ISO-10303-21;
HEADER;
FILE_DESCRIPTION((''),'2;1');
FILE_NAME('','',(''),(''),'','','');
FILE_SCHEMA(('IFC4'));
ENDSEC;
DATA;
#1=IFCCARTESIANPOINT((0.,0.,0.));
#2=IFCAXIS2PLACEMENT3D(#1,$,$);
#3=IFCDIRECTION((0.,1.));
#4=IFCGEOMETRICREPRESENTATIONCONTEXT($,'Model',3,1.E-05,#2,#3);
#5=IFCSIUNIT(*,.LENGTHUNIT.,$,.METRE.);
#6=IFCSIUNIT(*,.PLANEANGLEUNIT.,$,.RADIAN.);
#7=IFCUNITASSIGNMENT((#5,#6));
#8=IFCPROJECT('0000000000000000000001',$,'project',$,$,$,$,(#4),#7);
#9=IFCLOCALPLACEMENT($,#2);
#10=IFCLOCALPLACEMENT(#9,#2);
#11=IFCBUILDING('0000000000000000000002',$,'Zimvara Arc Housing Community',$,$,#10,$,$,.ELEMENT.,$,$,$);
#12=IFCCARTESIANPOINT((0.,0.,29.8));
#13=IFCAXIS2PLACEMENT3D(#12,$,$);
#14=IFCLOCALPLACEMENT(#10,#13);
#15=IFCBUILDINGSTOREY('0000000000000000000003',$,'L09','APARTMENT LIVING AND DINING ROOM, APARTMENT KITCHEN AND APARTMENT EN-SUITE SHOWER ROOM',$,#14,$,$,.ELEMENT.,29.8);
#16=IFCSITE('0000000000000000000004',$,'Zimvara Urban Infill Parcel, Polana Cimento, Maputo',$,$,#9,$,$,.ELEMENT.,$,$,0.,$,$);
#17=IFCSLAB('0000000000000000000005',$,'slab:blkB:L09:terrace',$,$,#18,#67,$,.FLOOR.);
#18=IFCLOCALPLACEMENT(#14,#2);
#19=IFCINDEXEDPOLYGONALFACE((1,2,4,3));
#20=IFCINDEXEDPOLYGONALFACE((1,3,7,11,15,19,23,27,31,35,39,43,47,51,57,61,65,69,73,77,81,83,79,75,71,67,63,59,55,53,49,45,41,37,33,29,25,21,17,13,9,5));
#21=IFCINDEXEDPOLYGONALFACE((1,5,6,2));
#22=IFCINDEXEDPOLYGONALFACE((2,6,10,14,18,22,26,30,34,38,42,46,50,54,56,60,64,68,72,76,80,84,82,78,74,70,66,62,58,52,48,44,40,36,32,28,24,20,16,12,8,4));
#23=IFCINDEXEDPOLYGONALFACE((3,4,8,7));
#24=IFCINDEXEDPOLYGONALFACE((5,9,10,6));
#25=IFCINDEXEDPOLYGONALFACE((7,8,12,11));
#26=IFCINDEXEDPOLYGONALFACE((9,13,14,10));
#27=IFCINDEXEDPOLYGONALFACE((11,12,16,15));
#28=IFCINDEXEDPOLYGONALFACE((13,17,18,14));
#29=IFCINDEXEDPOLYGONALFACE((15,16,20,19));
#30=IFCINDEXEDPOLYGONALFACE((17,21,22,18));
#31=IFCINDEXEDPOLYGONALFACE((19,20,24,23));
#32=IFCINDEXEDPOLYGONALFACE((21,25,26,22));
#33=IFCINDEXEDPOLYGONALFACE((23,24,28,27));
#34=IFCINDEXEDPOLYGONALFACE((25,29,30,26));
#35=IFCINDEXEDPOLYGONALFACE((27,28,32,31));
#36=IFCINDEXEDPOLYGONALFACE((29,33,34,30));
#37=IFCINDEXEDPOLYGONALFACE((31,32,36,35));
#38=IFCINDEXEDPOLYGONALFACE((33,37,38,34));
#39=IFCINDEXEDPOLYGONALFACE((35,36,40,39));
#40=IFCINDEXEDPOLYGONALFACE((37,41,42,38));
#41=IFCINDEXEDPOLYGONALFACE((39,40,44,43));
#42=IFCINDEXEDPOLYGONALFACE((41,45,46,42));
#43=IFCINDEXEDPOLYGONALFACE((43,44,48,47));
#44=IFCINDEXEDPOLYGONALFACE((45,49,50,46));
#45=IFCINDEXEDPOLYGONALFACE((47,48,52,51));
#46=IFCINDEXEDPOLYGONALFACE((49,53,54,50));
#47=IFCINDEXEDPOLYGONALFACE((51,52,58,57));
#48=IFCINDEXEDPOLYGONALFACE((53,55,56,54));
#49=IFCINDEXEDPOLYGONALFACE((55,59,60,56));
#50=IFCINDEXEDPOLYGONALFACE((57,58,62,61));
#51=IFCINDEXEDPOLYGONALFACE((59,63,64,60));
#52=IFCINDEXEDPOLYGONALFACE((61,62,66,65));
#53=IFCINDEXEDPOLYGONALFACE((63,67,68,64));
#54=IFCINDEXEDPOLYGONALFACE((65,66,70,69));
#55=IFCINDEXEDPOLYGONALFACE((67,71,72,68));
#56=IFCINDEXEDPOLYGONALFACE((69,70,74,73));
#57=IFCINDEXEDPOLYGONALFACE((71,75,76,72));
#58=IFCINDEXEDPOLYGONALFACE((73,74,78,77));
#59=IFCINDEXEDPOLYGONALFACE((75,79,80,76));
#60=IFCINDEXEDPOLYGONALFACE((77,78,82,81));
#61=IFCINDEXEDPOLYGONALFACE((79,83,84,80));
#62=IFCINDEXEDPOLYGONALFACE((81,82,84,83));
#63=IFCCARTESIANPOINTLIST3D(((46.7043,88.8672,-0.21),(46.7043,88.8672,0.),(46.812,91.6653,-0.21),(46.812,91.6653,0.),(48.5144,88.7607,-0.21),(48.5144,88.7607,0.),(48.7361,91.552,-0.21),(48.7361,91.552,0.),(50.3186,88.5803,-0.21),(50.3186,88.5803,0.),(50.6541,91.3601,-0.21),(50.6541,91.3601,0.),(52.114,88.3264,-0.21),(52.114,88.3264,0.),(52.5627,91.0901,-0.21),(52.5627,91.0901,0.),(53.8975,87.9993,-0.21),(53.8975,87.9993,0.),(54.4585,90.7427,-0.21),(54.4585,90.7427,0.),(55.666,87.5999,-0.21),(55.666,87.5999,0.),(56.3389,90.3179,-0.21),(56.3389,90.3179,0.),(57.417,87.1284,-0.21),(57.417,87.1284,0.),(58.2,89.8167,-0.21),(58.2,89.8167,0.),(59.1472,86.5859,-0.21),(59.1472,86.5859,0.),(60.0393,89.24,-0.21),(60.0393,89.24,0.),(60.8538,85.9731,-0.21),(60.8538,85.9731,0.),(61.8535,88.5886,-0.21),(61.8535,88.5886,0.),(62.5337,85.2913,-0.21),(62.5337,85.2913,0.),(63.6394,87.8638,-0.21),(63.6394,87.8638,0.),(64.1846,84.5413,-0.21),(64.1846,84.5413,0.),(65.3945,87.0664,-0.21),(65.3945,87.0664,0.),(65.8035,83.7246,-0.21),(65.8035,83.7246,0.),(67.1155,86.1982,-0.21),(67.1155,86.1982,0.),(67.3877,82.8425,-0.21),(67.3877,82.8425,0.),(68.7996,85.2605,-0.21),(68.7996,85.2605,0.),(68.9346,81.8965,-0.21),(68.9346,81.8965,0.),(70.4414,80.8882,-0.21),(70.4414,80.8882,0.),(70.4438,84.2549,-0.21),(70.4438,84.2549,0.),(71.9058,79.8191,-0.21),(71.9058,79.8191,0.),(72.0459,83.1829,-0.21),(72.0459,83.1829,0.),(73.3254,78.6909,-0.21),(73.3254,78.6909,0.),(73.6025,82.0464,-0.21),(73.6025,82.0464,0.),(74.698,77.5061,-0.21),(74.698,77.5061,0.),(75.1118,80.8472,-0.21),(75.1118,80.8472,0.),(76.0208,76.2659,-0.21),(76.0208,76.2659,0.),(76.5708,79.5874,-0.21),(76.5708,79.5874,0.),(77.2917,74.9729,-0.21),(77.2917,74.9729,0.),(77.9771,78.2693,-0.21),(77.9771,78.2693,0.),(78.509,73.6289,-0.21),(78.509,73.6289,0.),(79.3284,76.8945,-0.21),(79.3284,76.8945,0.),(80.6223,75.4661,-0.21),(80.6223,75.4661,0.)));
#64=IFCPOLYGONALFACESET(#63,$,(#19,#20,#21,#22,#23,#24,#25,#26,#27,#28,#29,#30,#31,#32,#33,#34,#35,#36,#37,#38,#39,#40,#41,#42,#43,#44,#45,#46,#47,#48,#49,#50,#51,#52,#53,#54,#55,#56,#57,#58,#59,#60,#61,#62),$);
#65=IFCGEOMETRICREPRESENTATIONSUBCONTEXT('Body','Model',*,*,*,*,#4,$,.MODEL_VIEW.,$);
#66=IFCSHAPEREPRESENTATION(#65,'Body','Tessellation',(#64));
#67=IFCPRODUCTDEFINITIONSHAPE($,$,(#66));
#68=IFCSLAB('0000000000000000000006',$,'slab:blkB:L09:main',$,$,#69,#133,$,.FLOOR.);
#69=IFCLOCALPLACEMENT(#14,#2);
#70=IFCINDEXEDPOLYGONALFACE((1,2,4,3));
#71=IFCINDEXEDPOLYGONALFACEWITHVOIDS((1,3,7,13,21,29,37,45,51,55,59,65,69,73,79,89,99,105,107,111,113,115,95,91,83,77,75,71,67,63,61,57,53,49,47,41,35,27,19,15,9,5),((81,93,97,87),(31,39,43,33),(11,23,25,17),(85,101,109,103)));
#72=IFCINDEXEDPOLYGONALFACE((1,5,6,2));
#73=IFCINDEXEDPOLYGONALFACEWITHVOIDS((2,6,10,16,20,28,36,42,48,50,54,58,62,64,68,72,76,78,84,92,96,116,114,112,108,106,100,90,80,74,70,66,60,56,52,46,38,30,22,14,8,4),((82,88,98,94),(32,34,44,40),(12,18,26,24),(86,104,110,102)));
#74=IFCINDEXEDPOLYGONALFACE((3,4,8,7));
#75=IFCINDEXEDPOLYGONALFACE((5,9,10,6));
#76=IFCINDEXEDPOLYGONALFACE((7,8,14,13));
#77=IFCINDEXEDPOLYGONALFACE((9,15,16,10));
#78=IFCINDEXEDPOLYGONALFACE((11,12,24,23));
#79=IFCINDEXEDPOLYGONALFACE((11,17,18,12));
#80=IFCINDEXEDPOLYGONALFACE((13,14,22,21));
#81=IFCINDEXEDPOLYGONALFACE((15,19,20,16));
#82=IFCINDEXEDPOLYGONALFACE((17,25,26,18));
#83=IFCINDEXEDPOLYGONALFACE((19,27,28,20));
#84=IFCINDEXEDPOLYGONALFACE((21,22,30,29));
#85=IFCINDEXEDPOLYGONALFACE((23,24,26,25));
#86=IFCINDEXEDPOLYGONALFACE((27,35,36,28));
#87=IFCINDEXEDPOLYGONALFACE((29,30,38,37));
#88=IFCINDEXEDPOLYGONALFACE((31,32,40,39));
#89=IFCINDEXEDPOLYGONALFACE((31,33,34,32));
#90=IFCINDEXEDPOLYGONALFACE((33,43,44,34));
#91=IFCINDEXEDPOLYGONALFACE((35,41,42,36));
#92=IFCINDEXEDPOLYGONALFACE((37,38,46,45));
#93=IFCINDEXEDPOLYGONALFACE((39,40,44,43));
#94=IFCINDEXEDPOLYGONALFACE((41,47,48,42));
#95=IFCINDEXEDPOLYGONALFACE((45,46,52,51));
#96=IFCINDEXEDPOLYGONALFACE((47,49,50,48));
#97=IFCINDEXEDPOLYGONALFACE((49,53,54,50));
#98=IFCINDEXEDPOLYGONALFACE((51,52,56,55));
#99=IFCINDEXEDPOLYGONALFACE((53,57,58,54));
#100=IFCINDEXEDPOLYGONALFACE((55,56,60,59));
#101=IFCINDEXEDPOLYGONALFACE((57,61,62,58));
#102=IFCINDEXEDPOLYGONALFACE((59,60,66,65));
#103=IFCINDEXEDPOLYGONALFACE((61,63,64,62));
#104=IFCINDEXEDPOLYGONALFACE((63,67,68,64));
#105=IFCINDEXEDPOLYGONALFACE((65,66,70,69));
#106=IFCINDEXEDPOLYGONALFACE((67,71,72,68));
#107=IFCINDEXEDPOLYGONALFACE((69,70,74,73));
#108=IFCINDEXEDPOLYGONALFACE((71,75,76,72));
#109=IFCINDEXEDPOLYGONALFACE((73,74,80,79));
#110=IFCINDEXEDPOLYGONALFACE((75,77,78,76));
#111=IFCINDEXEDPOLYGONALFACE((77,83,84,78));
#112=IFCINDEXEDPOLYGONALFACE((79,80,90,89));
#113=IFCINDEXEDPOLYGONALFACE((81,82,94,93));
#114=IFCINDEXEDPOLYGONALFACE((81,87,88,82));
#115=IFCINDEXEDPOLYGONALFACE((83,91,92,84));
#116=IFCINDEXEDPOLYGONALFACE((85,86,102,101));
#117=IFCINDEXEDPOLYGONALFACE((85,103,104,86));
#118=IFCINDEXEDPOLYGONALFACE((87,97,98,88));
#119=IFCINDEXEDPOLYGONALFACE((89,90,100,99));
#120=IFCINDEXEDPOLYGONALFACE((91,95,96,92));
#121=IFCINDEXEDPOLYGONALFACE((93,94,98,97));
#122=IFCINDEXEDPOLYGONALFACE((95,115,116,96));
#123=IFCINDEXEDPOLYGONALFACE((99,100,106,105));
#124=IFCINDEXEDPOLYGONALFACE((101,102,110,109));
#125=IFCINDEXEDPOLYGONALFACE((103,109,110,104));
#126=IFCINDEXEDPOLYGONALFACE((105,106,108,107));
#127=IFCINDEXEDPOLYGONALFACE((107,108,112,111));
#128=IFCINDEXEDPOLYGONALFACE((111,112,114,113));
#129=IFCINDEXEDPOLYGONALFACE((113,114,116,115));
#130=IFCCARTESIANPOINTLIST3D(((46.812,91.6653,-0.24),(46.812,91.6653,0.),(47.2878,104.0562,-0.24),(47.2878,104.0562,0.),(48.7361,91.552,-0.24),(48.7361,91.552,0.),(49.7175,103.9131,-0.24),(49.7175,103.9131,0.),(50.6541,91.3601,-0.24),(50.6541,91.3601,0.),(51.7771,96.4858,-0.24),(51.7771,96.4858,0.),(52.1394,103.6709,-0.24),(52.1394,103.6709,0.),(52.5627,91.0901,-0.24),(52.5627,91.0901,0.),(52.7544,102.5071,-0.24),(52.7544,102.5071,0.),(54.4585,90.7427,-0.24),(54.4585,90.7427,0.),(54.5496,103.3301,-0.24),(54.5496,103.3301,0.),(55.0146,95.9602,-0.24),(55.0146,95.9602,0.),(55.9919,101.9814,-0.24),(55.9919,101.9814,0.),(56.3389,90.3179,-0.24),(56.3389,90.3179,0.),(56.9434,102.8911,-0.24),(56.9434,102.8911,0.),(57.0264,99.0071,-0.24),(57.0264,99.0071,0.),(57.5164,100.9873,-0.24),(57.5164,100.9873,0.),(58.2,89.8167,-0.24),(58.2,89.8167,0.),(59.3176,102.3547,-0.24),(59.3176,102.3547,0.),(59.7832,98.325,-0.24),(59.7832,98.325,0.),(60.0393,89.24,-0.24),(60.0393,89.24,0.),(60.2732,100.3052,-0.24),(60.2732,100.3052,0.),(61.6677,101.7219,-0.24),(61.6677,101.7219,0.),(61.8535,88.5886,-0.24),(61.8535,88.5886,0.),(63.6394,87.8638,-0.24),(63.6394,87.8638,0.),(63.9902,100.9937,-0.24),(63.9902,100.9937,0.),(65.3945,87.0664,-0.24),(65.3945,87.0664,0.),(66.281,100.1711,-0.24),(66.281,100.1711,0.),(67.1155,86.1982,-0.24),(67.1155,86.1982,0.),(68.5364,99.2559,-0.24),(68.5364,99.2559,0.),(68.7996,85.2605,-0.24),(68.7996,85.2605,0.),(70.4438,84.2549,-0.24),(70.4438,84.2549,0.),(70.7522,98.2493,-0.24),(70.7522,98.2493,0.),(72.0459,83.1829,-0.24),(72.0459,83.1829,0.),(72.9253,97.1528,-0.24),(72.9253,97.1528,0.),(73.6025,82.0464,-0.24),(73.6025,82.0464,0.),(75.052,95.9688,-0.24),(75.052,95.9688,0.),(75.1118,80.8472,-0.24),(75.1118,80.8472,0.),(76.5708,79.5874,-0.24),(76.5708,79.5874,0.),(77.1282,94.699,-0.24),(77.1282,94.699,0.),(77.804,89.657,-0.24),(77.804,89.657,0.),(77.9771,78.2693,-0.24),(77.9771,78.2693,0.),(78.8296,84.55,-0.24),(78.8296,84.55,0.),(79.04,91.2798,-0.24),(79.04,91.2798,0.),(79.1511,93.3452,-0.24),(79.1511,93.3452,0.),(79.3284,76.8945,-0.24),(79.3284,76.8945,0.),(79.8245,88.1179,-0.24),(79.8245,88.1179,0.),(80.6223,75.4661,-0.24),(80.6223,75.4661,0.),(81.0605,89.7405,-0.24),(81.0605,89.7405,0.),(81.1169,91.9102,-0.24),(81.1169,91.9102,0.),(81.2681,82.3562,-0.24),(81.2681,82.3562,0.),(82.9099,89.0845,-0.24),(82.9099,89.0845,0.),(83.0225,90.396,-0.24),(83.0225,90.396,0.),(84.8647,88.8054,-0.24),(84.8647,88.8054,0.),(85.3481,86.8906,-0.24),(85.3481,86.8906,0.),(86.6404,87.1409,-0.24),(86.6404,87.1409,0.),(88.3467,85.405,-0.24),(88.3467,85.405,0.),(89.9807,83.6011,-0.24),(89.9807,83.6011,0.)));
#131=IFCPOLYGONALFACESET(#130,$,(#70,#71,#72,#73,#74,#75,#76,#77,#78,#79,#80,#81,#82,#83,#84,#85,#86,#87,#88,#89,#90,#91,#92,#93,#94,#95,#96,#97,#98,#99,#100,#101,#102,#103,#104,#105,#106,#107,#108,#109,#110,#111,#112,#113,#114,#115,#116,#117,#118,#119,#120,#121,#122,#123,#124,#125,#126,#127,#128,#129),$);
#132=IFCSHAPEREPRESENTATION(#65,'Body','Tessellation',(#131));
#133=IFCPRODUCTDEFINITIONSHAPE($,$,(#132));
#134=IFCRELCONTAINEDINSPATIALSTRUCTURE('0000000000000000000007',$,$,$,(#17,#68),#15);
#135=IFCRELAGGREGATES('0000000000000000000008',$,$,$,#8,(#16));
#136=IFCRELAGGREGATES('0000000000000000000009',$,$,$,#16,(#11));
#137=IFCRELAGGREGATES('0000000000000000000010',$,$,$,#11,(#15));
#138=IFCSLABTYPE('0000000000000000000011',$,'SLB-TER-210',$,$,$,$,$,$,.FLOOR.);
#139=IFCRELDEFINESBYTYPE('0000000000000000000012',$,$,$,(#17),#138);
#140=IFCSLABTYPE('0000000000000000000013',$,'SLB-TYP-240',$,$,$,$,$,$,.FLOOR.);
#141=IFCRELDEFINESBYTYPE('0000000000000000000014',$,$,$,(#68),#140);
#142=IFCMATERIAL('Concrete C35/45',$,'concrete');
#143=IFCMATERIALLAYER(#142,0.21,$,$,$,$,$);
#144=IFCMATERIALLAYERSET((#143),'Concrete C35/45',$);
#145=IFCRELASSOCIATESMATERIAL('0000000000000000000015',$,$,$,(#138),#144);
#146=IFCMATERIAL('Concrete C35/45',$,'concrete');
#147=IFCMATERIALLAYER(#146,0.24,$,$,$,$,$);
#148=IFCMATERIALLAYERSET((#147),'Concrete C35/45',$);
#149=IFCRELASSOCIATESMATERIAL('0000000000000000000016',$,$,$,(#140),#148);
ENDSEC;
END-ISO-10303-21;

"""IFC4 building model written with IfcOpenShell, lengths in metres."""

from ifc_helpers import new_model, si_unit, direction, frame, origin, place, context, subcontext, project, spatial, polyline, outline, extrude, material, layer, layer_set, type_object, element, save


model = new_model("IFC4")

# Units and contexts
model_context = context("Model", 3, precision=1e-05, world=origin(), true_north=direction((0.0, 1.0)))
body_context = subcontext(model_context, "Body", "Model", "MODEL_VIEW")
ifc_project = project(units=[si_unit("LENGTHUNIT", "METRE"), si_unit("PLANEANGLEUNIT", "RADIAN")], contexts=[model_context])

# Site, building, storey
site_placement = place(None, origin())
site = spatial("IfcSite", under=ifc_project, at=site_placement, Name="Zimvara Urban Infill Parcel, Polana Cimento, Maputo", CompositionType="ELEMENT", RefElevation=0.0)
building_placement = place(site_placement, origin())
building = spatial("IfcBuilding", under=site, at=building_placement, Name="Zimvara Arc Housing Community", CompositionType="ELEMENT")
storey_placement = place(building_placement, frame((0.0, 0.0, 29.8)))
storey = spatial("IfcBuildingStorey", under=building, at=storey_placement, Name="L09", Description="APARTMENT LIVING AND DINING ROOM, APARTMENT KITCHEN AND APARTMENT EN-SUITE SHOWER ROOM", CompositionType="ELEMENT", Elevation=29.8)

# Slabs
ifc_material_1 = material(Name="Concrete C35/45", Category="concrete")
ifc_layer_1 = layer(ifc_material_1, 0.21)
ifc_layer_set_1 = layer_set([ifc_layer_1], Name="Concrete C35/45")
slab_type_1 = type_object("IfcSlabType", Name="SLB-TER-210", PredefinedType="FLOOR", material=ifc_layer_set_1)
slab_1_placement = place(storey_placement, frame((0.0, 0.0, -0.21)))
element("IfcSlab", 1, at=slab_1_placement, inside=storey, type_object=slab_type_1, Name="slab:blkB:L09:terrace", PredefinedType="FLOOR", context=body_context, shape_type="SweptSolid", body=[
    extrude(outline(polyline([(46.7043, 88.8672), (48.5144, 88.7607), (50.3186, 88.5803), (52.114, 88.3264), (53.8975, 87.9993), (55.666, 87.5999), (57.417, 87.1284), (59.1472, 86.5859), (60.8538, 85.9731), (62.5337, 85.2913), (64.1846, 84.5413), (65.8035, 83.7246), (67.3877, 82.8425), (68.9346, 81.8965), (70.4414, 80.8882), (71.9058, 79.8191), (73.3254, 78.6909), (74.698, 77.5061), (76.0208, 76.2659), (77.2917, 74.9729), (78.509, 73.6289), (80.6223, 75.4661), (79.3284, 76.8945), (77.9771, 78.2693), (76.5708, 79.5874), (75.1118, 80.8472), (73.6025, 82.0464), (72.0459, 83.1829), (70.4438, 84.2549), (68.7996, 85.2605), (67.1155, 86.1982), (65.3945, 87.0664), (63.6394, 87.8638), (61.8535, 88.5886), (60.0393, 89.24), (58.2, 89.8167), (56.3389, 90.3179), (54.4585, 90.7427), (52.5627, 91.0901), (50.6541, 91.3601), (48.7361, 91.552), (46.812, 91.6653), (46.7043, 88.8672)])), origin(), (0.0, 0.0, 1.0), 0.21),
])
ifc_material_2 = material(Name="Concrete C35/45", Category="concrete")
ifc_layer_2 = layer(ifc_material_2, 0.24)
ifc_layer_set_2 = layer_set([ifc_layer_2], Name="Concrete C35/45")
slab_type_2 = type_object("IfcSlabType", Name="SLB-TYP-240", PredefinedType="FLOOR", material=ifc_layer_set_2)
slab_2_placement = place(storey_placement, frame((0.0, 0.0, -0.24)))
element("IfcSlab", 2, at=slab_2_placement, inside=storey, type_object=slab_type_2, Name="slab:blkB:L09:main", PredefinedType="FLOOR", context=body_context, shape_type="SweptSolid", body=[
    extrude(outline(polyline([(46.812, 91.6653), (48.7361, 91.552), (50.6541, 91.3601), (52.5627, 91.0901), (54.4585, 90.7427), (56.3389, 90.3179), (58.2, 89.8167), (60.0393, 89.24), (61.8535, 88.5886), (63.6394, 87.8638), (65.3945, 87.0664), (67.1155, 86.1982), (68.7996, 85.2605), (70.4438, 84.2549), (72.0459, 83.1829), (73.6025, 82.0464), (75.1118, 80.8472), (76.5708, 79.5874), (77.9771, 78.2693), (79.3284, 76.8945), (80.6223, 75.4661), (89.9807, 83.6011), (88.3467, 85.405), (86.6404, 87.1409), (84.8647, 88.8054), (83.0225, 90.396), (81.1169, 91.9102), (79.1511, 93.3452), (77.1282, 94.699), (75.052, 95.9688), (72.9253, 97.1528), (70.7522, 98.2493), (68.5364, 99.2559), (66.281, 100.1711), (63.9902, 100.9937), (61.6677, 101.7219), (59.3176, 102.3547), (56.9434, 102.8911), (54.5496, 103.3301), (52.1394, 103.6709), (49.7175, 103.9131), (47.2878, 104.0562), (46.812, 91.6653)]), holes=[polyline([(51.7771, 96.4858), (52.7544, 102.5071), (55.9919, 101.9814), (55.0146, 95.9602), (51.7771, 96.4858)]), polyline([(78.8296, 84.55), (82.9099, 89.0845), (85.3481, 86.8906), (81.2681, 82.3562), (78.8296, 84.55)]), polyline([(57.0264, 99.0071), (57.5164, 100.9873), (60.2732, 100.3052), (59.7832, 98.325), (57.0264, 99.0071)]), polyline([(77.804, 89.657), (79.04, 91.2798), (81.0605, 89.7405), (79.8245, 88.1179), (77.804, 89.657)])]), origin(), (0.0, 0.0, 1.0), 0.24),
])

save(model, "model.ifc")
